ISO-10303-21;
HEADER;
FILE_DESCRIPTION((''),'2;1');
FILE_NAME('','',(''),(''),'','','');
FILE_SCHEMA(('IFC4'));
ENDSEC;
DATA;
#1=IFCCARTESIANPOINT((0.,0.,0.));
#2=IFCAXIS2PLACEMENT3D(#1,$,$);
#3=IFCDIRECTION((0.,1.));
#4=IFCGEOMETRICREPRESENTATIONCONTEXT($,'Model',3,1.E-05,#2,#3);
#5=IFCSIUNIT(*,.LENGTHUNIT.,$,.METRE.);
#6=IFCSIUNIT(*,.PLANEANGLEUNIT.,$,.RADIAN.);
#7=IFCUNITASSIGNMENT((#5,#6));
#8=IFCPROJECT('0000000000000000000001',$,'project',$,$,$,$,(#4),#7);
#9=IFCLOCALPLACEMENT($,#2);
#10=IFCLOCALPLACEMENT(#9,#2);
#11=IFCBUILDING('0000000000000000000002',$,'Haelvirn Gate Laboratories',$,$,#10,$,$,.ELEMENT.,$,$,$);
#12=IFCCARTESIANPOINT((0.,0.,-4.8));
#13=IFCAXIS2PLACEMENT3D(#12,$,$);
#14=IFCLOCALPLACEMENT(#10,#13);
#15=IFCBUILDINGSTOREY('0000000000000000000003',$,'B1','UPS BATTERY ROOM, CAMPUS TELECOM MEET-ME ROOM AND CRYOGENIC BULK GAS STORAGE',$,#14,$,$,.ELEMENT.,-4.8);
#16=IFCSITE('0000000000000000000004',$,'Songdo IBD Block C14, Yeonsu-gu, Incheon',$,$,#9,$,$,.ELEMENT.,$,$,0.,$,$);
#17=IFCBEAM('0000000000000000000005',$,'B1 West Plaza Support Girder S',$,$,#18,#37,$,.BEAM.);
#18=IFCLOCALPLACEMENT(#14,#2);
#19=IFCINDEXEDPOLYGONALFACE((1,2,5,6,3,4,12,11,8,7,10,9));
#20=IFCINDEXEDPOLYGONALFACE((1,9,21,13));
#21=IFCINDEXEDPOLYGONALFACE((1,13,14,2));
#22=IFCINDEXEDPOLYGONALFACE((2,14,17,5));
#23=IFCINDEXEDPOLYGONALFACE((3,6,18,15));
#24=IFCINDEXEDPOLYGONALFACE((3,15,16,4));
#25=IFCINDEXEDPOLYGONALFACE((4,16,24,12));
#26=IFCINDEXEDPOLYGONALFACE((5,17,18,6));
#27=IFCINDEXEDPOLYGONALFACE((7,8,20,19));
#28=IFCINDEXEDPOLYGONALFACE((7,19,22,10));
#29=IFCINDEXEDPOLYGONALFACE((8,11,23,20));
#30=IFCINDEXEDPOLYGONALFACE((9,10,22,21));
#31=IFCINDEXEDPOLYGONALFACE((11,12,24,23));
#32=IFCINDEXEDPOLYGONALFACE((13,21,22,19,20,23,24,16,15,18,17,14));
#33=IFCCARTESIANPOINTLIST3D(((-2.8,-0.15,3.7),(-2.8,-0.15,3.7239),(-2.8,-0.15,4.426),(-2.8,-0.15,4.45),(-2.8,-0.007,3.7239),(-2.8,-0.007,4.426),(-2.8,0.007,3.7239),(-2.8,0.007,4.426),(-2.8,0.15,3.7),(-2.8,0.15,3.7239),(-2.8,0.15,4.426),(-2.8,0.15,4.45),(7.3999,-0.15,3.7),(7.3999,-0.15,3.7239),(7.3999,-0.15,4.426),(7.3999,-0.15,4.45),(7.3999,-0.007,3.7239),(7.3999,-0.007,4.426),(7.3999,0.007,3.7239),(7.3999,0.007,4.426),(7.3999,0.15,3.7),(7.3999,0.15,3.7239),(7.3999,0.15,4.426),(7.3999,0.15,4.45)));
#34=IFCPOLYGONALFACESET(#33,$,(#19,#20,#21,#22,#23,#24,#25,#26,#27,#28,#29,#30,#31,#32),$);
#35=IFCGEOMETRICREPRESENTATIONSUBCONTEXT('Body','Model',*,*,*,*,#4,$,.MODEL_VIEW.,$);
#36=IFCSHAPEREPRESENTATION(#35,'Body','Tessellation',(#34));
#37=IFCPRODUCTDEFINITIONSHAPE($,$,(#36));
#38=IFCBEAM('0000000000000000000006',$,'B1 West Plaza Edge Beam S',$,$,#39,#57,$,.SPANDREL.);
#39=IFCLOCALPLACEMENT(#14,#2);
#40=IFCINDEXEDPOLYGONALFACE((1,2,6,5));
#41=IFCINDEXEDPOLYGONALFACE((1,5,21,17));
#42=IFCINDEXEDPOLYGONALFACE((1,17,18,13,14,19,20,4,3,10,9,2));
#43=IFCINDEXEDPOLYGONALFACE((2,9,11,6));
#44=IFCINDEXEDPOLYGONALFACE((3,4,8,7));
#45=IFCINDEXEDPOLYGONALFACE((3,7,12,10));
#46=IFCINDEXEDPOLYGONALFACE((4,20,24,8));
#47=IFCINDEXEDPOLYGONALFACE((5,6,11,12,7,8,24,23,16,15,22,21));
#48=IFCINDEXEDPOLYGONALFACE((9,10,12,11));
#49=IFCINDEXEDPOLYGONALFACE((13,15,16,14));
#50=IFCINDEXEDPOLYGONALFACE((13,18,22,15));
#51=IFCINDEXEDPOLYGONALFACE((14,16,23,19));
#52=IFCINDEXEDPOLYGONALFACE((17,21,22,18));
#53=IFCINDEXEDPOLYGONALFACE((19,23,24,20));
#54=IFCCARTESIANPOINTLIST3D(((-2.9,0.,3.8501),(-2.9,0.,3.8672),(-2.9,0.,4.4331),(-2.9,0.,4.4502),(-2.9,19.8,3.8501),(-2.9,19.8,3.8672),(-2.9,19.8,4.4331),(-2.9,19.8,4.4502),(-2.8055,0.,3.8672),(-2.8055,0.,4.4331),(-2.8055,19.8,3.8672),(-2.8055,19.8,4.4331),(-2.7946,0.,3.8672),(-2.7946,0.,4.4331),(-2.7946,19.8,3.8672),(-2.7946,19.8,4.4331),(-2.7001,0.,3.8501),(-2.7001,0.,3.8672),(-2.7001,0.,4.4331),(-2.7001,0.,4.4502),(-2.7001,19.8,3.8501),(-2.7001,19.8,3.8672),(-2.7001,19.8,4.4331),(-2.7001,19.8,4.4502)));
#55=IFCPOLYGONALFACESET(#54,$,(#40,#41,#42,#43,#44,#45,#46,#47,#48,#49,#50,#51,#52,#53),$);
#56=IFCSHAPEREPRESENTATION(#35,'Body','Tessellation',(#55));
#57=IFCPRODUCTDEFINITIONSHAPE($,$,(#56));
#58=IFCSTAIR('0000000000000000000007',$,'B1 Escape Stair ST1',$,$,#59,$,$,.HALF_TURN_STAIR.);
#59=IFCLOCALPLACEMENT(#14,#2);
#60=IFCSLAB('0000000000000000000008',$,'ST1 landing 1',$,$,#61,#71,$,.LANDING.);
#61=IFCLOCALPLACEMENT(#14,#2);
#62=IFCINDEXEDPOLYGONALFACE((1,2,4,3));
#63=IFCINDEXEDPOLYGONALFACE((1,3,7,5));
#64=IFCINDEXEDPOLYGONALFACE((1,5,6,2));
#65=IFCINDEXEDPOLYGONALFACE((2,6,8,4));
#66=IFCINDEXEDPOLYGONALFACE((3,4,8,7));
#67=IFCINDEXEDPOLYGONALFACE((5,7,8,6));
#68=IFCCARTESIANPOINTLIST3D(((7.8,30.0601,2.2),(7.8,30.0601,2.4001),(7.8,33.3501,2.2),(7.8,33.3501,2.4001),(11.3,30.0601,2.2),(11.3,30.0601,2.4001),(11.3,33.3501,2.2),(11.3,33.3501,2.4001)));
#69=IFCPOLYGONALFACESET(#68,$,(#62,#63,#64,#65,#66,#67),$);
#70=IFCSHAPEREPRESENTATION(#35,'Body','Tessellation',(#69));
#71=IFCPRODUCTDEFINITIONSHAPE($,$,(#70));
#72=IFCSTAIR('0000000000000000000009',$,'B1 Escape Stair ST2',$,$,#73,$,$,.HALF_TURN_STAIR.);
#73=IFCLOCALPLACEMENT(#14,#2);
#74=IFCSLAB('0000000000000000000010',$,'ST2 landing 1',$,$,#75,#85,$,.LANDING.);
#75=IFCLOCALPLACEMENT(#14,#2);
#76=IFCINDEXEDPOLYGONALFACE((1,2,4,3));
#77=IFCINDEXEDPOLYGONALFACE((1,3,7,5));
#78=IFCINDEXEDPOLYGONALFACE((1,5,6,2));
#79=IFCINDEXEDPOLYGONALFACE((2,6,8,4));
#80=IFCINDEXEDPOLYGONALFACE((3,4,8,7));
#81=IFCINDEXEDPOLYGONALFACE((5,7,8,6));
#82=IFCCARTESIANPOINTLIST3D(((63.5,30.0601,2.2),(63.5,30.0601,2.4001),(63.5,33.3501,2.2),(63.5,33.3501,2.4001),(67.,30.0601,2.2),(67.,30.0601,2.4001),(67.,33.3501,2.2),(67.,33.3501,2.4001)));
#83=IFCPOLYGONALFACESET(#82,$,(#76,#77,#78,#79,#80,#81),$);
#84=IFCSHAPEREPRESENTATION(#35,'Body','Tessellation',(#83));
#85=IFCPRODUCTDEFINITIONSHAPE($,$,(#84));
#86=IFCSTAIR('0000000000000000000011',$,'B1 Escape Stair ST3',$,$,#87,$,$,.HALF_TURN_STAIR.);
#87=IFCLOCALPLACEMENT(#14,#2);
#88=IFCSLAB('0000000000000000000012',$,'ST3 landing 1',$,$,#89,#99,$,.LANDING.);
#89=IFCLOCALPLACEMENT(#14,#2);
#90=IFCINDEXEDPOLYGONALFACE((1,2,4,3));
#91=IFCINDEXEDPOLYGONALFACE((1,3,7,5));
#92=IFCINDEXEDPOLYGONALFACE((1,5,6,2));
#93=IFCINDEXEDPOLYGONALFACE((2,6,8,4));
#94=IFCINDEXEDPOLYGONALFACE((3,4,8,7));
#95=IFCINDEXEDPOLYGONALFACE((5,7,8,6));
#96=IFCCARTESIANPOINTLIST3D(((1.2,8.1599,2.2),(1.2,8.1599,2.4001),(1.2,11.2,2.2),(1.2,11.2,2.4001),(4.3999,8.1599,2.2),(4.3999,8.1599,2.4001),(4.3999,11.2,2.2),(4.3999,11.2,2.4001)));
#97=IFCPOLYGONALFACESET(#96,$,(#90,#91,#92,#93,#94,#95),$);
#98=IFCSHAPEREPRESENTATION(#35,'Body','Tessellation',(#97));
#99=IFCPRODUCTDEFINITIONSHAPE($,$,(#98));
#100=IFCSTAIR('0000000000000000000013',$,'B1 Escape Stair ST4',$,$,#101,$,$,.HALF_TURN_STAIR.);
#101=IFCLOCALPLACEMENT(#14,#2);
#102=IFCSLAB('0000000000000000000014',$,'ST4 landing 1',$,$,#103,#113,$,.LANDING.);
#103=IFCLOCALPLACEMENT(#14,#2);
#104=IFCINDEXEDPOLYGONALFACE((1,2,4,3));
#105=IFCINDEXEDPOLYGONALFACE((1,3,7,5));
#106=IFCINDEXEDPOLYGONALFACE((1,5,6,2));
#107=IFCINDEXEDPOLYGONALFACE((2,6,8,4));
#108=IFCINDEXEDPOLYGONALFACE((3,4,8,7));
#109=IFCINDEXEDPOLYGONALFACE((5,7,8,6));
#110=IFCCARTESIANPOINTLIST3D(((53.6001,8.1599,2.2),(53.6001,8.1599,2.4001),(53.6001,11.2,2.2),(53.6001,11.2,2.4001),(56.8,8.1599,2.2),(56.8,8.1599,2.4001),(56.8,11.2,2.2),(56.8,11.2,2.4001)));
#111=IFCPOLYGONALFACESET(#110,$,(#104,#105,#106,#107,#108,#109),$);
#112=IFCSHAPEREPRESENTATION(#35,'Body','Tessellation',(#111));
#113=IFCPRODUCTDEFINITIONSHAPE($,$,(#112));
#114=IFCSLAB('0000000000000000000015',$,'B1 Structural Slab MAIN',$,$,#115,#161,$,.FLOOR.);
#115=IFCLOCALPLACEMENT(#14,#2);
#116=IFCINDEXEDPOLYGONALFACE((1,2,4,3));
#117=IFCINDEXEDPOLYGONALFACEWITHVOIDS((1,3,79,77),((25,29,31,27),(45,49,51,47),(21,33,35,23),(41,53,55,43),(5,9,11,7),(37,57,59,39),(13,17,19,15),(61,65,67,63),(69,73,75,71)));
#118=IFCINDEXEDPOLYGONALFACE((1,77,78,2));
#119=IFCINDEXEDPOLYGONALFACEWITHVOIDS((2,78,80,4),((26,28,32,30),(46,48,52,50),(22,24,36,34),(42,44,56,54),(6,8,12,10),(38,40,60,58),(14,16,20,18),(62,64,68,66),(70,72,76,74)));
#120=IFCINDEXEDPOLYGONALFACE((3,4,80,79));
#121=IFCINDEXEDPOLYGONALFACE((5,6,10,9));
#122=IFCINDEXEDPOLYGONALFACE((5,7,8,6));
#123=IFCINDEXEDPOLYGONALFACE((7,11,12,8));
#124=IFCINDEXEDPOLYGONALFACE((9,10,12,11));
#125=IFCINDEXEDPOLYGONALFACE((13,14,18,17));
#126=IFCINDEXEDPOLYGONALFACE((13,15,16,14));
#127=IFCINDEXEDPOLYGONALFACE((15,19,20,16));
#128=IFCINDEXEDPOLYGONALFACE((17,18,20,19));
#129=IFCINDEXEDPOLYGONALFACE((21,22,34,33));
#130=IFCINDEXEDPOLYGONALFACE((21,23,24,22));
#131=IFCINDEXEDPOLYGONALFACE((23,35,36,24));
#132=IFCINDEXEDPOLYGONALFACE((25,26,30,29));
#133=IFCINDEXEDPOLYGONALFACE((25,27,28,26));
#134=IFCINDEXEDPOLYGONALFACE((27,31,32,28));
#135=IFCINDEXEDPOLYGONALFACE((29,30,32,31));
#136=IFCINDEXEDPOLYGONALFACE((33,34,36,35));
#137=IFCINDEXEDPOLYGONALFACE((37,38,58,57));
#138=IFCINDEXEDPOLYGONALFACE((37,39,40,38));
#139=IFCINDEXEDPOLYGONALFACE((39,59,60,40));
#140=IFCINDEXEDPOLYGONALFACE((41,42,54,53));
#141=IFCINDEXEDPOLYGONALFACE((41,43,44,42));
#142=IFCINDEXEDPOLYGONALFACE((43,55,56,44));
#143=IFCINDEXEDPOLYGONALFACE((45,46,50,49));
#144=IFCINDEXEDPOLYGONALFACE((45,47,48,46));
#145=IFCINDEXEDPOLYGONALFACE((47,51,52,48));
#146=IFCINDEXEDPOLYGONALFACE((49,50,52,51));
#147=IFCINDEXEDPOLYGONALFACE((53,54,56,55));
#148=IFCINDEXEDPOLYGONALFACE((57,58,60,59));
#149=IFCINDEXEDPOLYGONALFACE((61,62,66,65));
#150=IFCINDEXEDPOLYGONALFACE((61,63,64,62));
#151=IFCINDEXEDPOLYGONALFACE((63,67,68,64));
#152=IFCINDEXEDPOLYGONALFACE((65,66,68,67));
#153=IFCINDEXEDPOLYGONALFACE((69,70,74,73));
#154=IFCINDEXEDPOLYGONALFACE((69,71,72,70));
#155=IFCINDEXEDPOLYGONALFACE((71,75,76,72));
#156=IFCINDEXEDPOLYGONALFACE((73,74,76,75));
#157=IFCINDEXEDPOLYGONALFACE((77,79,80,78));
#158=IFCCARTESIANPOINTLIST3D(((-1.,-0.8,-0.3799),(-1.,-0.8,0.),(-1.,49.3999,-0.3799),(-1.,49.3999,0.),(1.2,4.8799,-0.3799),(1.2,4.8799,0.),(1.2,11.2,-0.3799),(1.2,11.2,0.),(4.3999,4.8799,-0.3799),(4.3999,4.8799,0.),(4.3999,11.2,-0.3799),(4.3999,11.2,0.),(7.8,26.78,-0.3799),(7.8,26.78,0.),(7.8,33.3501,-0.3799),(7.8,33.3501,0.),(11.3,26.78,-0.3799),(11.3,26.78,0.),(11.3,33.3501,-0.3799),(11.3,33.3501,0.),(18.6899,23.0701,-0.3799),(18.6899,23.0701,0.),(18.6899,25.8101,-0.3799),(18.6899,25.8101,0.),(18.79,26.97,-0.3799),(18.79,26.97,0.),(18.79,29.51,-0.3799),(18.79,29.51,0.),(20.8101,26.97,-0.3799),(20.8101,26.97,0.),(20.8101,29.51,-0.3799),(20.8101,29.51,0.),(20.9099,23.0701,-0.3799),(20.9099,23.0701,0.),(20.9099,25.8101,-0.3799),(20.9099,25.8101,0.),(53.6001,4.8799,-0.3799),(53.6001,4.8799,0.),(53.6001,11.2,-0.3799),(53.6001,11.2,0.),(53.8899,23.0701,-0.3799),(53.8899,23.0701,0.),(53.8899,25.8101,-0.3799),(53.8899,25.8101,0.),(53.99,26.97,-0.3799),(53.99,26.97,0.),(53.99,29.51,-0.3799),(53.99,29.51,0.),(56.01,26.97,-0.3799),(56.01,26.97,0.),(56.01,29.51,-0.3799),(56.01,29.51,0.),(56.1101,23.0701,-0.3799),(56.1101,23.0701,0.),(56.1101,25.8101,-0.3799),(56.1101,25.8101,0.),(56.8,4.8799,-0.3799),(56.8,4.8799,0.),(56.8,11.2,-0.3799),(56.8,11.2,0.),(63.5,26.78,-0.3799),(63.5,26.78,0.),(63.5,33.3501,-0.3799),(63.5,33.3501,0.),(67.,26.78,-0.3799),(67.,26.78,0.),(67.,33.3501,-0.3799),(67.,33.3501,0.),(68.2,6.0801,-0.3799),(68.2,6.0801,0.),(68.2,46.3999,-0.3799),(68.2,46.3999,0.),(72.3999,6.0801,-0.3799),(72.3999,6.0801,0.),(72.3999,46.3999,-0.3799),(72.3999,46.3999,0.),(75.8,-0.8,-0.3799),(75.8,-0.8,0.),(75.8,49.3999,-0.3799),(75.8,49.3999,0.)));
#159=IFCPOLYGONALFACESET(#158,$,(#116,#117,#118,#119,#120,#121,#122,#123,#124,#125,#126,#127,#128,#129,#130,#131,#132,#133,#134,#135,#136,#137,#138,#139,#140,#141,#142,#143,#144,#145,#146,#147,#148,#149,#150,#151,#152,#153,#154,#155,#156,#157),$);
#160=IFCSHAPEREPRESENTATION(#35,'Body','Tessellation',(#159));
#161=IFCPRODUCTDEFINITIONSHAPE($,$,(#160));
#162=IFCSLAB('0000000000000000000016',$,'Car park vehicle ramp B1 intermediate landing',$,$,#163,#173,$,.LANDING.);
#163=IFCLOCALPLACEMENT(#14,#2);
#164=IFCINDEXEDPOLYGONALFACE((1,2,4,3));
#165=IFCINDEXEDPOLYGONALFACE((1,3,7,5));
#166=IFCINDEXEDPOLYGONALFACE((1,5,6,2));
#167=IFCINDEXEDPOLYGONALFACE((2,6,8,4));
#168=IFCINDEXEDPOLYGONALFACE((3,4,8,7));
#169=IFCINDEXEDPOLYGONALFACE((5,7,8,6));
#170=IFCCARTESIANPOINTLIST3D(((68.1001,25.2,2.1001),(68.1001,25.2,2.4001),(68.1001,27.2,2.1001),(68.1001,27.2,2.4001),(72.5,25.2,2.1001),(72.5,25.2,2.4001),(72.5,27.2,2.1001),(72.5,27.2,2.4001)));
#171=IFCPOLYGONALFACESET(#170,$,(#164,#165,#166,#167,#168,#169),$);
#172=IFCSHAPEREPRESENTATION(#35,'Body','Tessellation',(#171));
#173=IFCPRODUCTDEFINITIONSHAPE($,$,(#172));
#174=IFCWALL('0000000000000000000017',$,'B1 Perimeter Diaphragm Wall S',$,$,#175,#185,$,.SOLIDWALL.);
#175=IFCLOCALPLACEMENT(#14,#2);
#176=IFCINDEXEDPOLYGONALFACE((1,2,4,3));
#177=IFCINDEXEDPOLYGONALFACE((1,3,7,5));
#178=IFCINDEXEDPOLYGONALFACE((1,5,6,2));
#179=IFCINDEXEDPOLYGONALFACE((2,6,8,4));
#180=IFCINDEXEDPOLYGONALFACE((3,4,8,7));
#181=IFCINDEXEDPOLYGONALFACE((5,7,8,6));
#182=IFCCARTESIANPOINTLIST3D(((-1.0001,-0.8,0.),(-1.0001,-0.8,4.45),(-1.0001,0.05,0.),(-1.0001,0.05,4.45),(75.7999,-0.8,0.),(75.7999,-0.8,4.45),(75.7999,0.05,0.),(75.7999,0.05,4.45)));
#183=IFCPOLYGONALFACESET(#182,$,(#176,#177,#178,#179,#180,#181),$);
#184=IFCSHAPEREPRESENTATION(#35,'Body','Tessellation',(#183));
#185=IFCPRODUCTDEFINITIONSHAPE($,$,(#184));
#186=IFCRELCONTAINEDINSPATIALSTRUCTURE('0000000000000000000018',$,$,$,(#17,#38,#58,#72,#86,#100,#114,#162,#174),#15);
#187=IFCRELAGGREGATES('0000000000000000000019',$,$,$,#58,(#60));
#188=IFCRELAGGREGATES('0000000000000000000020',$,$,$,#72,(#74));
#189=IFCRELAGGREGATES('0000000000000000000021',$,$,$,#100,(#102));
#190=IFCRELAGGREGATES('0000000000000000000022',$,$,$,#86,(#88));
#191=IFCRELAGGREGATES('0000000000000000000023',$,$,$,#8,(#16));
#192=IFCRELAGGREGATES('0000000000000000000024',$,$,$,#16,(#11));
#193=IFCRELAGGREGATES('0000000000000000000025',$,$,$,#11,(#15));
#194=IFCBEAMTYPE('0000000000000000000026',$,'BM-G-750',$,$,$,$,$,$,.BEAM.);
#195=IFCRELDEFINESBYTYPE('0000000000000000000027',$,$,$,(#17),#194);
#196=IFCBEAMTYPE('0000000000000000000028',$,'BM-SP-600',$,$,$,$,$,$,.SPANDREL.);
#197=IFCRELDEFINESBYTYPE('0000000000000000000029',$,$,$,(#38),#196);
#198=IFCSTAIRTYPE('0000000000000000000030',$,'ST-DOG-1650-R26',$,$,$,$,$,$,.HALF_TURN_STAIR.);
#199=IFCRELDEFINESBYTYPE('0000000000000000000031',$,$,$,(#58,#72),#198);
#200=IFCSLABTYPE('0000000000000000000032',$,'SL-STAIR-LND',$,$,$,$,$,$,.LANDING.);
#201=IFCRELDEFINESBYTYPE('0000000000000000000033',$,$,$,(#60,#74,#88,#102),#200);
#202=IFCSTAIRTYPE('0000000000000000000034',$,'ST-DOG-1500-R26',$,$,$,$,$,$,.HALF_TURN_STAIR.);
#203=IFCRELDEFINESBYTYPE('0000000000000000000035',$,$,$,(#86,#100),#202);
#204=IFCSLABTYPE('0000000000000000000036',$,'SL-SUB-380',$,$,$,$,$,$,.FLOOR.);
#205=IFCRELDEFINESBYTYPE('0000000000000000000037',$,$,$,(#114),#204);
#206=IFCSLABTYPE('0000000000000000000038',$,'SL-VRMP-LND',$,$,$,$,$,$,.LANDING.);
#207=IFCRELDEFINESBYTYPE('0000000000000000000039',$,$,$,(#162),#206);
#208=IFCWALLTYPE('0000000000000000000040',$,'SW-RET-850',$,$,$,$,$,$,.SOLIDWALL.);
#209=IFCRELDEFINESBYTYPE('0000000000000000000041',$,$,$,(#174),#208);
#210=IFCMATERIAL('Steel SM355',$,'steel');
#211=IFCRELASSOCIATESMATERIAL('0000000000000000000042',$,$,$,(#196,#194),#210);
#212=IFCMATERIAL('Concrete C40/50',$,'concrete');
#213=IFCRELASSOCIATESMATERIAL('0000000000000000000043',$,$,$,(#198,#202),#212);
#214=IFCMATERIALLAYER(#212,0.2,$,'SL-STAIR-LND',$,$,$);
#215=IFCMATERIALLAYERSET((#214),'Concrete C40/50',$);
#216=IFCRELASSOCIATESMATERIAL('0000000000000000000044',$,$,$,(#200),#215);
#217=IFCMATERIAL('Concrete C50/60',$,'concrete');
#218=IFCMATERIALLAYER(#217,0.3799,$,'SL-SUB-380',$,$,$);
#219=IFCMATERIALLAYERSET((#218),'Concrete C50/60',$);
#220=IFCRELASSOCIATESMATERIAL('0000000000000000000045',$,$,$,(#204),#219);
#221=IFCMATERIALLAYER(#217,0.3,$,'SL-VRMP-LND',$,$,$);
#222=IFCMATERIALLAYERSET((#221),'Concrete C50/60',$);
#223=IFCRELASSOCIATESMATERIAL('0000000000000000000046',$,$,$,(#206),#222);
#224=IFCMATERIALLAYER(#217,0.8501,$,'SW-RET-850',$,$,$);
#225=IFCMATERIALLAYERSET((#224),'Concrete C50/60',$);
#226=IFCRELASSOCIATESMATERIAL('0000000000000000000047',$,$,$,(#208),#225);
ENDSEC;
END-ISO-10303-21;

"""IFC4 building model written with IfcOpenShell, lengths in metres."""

from ifc_helpers import new_model, si_unit, direction, frame, frame_2d, origin, origin_2d, place, context, subcontext, project, spatial, polyline, rectangle, i_section, outline, extrude, source, transform, mapped, material, layer, layer_set, material_profile, profile_set, type_object, type_shapes, element, aggregate, save


model = new_model("IFC4")

# Units and contexts
model_context = context("Model", 3, precision=1e-05, world=origin(), true_north=direction((0.0, 1.0)))
body_context = subcontext(model_context, "Body", "Model", "MODEL_VIEW")
ifc_project = project(units=[si_unit("LENGTHUNIT", "METRE"), si_unit("PLANEANGLEUNIT", "RADIAN")], contexts=[model_context])

# Site, building, storey
site_placement = place(None, origin())
site = spatial("IfcSite", under=ifc_project, at=site_placement, Name="Songdo IBD Block C14, Yeonsu-gu, Incheon", CompositionType="ELEMENT", RefElevation=0.0)
building_placement = place(site_placement, origin())
building = spatial("IfcBuilding", under=site, at=building_placement, Name="Haelvirn Gate Laboratories", CompositionType="ELEMENT")
storey_placement = place(building_placement, frame((0.0, 0.0, -4.8)))
storey = spatial("IfcBuildingStorey", under=building, at=storey_placement, Name="B1", Description="UPS BATTERY ROOM, CAMPUS TELECOM MEET-ME ROOM AND CRYOGENIC BULK GAS STORAGE", CompositionType="ELEMENT", Elevation=-4.8)

# Beams
ifc_material_1 = material(Name="Steel SM355", Category="steel")
ifc_material_profile_1 = material_profile(ifc_material_1, i_section(OverallWidth=0.2, OverallDepth=0.6001, WebThickness=0.011, FlangeThickness=0.0171, at=origin_2d()), Name="H-600x200x11x17")
ifc_profile_set_1 = profile_set([ifc_material_profile_1], Name="Steel SM355")
beam_type_1 = type_object("IfcBeamType", Name="BM-SP-600", PredefinedType="SPANDREL", material=ifc_profile_set_1)
ifc_material_profile_2 = material_profile(ifc_material_1, i_section(OverallWidth=0.3, OverallDepth=0.75, WebThickness=0.0139, FlangeThickness=0.0239, at=origin_2d()), Name="H-750x300x14x24")
ifc_profile_set_2 = profile_set([ifc_material_profile_2], Name="Steel SM355")
beam_type_2 = type_object("IfcBeamType", Name="BM-G-750", PredefinedType="BEAM", material=ifc_profile_set_2)
shared_shape_1 = source(origin(), body_context, "Body", "SweptSolid", [
    extrude(i_section(OverallWidth=0.3, OverallDepth=0.75, WebThickness=0.0139, FlangeThickness=0.0239, at=origin_2d()), origin(), (0.0, 0.0, 1.0), 10.2),
])
type_shapes(beam_type_2, [shared_shape_1])
beam_1_placement = place(storey_placement, frame((-2.8, 0.0, 4.075), z_axis=(1.0, 0.0, 0.0), x_axis=(0.0, 1.0, 0.0)))
element("IfcBeam", 1, at=beam_1_placement, inside=storey, type_object=beam_type_2, Name="B1 West Plaza Support Girder S", PredefinedType="BEAM", context=body_context, shape_type="MappedRepresentation", body=[
    mapped(shared_shape_1, transform((0.0, 0.0, 0.0), scale=1.0)),
])
shared_shape_2 = source(origin(), body_context, "Body", "SweptSolid", [
    extrude(i_section(OverallWidth=0.2, OverallDepth=0.6001, WebThickness=0.011, FlangeThickness=0.0171, at=origin_2d()), origin(), (0.0, 0.0, 1.0), 19.8),
])
beam_2_placement = place(storey_placement, frame((-2.8, 0.0, 4.1501), z_axis=(0.0, 1.0, 0.0), x_axis=(-1.0, 0.0, 0.0)))
element("IfcBeam", 2, at=beam_2_placement, inside=storey, type_object=beam_type_1, Name="B1 West Plaza Edge Beam S", PredefinedType="SPANDREL", context=body_context, shape_type="MappedRepresentation", body=[
    mapped(shared_shape_2, transform((0.0, 0.0, 0.0), scale=1.0)),
])

# Stairs, slabs
ifc_material_2 = material(Name="Concrete C40/50", Category="concrete")
stair_type_1 = type_object("IfcStairType", Name="ST-DOG-1650-R26", PredefinedType="HALF_TURN_STAIR", material=ifc_material_2)
stair_1_placement = place(storey_placement, origin())
stair_1 = element("IfcStair", 3, at=stair_1_placement, inside=storey, type_object=stair_type_1, Name="B1 Escape Stair ST1", PredefinedType="HALF_TURN_STAIR")
ifc_layer_1 = layer(ifc_material_2, 0.2, Name="SL-STAIR-LND")
ifc_layer_set_1 = layer_set([ifc_layer_1], Name="Concrete C40/50")
slab_type_1 = type_object("IfcSlabType", Name="SL-STAIR-LND", PredefinedType="LANDING", material=ifc_layer_set_1)
slab_1_placement = place(storey_placement, frame((0.0, 0.0, 2.2)))
slab_1 = element("IfcSlab", 4, at=slab_1_placement, type_object=slab_type_1, Name="ST1 landing 1", PredefinedType="LANDING", context=body_context, shape_type="SweptSolid", body=[
    extrude(outline(polyline([(11.3, 30.0601), (11.3, 33.3501), (7.8, 33.3501), (7.8, 30.0601), (11.3, 30.0601)])), origin(), (0.0, 0.0, 1.0), 0.2002),
])
aggregate(stair_1, [slab_1])
stair_2_placement = place(storey_placement, origin())
stair_2 = element("IfcStair", 5, at=stair_2_placement, inside=storey, type_object=stair_type_1, Name="B1 Escape Stair ST2", PredefinedType="HALF_TURN_STAIR")
slab_2_placement = place(storey_placement, frame((0.0, 0.0, 2.2)))
slab_2 = element("IfcSlab", 6, at=slab_2_placement, type_object=slab_type_1, Name="ST2 landing 1", PredefinedType="LANDING", context=body_context, shape_type="SweptSolid", body=[
    extrude(outline(polyline([(67.0, 30.0601), (67.0, 33.3501), (63.5, 33.3501), (63.5, 30.0601), (67.0, 30.0601)])), origin(), (0.0, 0.0, 1.0), 0.2002),
])
aggregate(stair_2, [slab_2])
stair_type_2 = type_object("IfcStairType", Name="ST-DOG-1500-R26", PredefinedType="HALF_TURN_STAIR", material=ifc_material_2)
stair_3_placement = place(storey_placement, origin())
stair_3 = element("IfcStair", 7, at=stair_3_placement, inside=storey, type_object=stair_type_2, Name="B1 Escape Stair ST3", PredefinedType="HALF_TURN_STAIR")
slab_3_placement = place(storey_placement, frame((0.0, 0.0, 2.2)))
slab_3 = element("IfcSlab", 8, at=slab_3_placement, type_object=slab_type_1, Name="ST3 landing 1", PredefinedType="LANDING", context=body_context, shape_type="SweptSolid", body=[
    extrude(outline(polyline([(4.3999, 8.1599), (4.3999, 11.2), (1.2, 11.2), (1.2, 8.1599), (4.3999, 8.1599)])), origin(), (0.0, 0.0, 1.0), 0.2002),
])
stair_4_placement = place(storey_placement, origin())
stair_4 = element("IfcStair", 9, at=stair_4_placement, inside=storey, type_object=stair_type_2, Name="B1 Escape Stair ST4", PredefinedType="HALF_TURN_STAIR")
slab_4_placement = place(storey_placement, frame((0.0, 0.0, 2.2)))
slab_4 = element("IfcSlab", 10, at=slab_4_placement, type_object=slab_type_1, Name="ST4 landing 1", PredefinedType="LANDING", context=body_context, shape_type="SweptSolid", body=[
    extrude(outline(polyline([(56.8, 8.1599), (56.8, 11.2), (53.6001, 11.2), (53.6001, 8.1599), (56.8, 8.1599)])), origin(), (0.0, 0.0, 1.0), 0.2002),
])
aggregate(stair_4, [slab_4])

# Slabs
ifc_material_3 = material(Name="Concrete C50/60", Category="concrete")
ifc_layer_2 = layer(ifc_material_3, 0.3799, Name="SL-SUB-380")
ifc_layer_set_2 = layer_set([ifc_layer_2], Name="Concrete C50/60")
slab_type_2 = type_object("IfcSlabType", Name="SL-SUB-380", PredefinedType="FLOOR", material=ifc_layer_set_2)
slab_5_placement = place(storey_placement, frame((0.0, 0.0, -0.3799)))
element("IfcSlab", 11, at=slab_5_placement, inside=storey, type_object=slab_type_2, Name="B1 Structural Slab MAIN", PredefinedType="FLOOR", context=body_context, shape_type="SweptSolid", body=[
    extrude(outline(polyline([(-1.0, -0.8), (75.8, -0.8), (75.8, -0.8), (75.8, -0.8), (75.8, 49.3999), (75.8, 49.3999), (75.8, 49.3999), (-1.0, 49.3999), (-1.0, 49.3999), (-1.0, 49.3999), (-1.0, -0.8), (-1.0, -0.8), (-1.0, -0.8)]), holes=[polyline([(11.3, 26.78), (11.3, 33.3501), (7.8, 33.3501), (7.8, 26.78), (11.3, 26.78)]), polyline([(67.0, 26.78), (67.0, 33.3501), (63.5, 33.3501), (63.5, 26.78), (67.0, 26.78)]), polyline([(4.3999, 4.8799), (4.3999, 11.2), (1.2, 11.2), (1.2, 4.8799), (4.3999, 4.8799)]), polyline([(56.8, 4.8799), (56.8, 11.2), (53.6001, 11.2), (53.6001, 4.8799), (56.8, 4.8799)]), polyline([(18.79, 26.97), (20.8101, 26.97), (20.8101, 29.51), (18.79, 29.51), (18.79, 26.97)]), polyline([(18.6899, 23.0701), (20.9099, 23.0701), (20.9099, 25.8101), (18.6899, 25.8101), (18.6899, 23.0701)]), polyline([(53.99, 26.97), (56.01, 26.97), (56.01, 29.51), (53.99, 29.51), (53.99, 26.97)]), polyline([(53.8899, 23.0701), (56.1101, 23.0701), (56.1101, 25.8101), (53.8899, 25.8101), (53.8899, 23.0701)]), polyline([(68.2, 6.0801), (72.3999, 6.0801), (72.3999, 46.3999), (68.2, 46.3999), (68.2, 6.0801)])]), origin(), (0.0, 0.0, 1.0), 0.3799),
])
ifc_layer_3 = layer(ifc_material_3, 0.3, Name="SL-VRMP-LND")
ifc_layer_set_3 = layer_set([ifc_layer_3], Name="Concrete C50/60")
slab_type_3 = type_object("IfcSlabType", Name="SL-VRMP-LND", PredefinedType="LANDING", material=ifc_layer_set_3)
slab_6_placement = place(storey_placement, frame((0.0, 0.0, 2.1001)))
element("IfcSlab", 12, at=slab_6_placement, inside=storey, type_object=slab_type_3, Name="Car park vehicle ramp B1 intermediate landing", PredefinedType="LANDING", context=body_context, shape_type="SweptSolid", body=[
    extrude(outline(polyline([(68.1001, 25.2), (72.5, 25.2), (72.5, 27.2), (68.1001, 27.2), (68.1001, 25.2)])), origin(), (0.0, 0.0, 1.0), 0.3),
])

# Wall
ifc_layer_4 = layer(ifc_material_3, 0.8501, Name="SW-RET-850")
ifc_layer_set_4 = layer_set([ifc_layer_4], Name="Concrete C50/60")
wall_type_1 = type_object("IfcWallType", Name="SW-RET-850", PredefinedType="SOLIDWALL", material=ifc_layer_set_4)
wall_1_placement = place(storey_placement, frame((-1.0, -0.375, 0.0), z_axis=(0.0, 0.0, 1.0), x_axis=(1.0, 0.0, 0.0)))
element("IfcWall", 13, at=wall_1_placement, inside=storey, type_object=wall_type_1, Name="B1 Perimeter Diaphragm Wall S", PredefinedType="SOLIDWALL", context=body_context, shape_type="SweptSolid", body=[
    extrude(rectangle(XDim=76.8, YDim=0.8501, at=frame_2d((38.3999, 0.0))), origin(), (0.0, 0.0, 1.0), 4.45),
])

aggregate(stair_3, [slab_3])

save(model, "model.ifc")
